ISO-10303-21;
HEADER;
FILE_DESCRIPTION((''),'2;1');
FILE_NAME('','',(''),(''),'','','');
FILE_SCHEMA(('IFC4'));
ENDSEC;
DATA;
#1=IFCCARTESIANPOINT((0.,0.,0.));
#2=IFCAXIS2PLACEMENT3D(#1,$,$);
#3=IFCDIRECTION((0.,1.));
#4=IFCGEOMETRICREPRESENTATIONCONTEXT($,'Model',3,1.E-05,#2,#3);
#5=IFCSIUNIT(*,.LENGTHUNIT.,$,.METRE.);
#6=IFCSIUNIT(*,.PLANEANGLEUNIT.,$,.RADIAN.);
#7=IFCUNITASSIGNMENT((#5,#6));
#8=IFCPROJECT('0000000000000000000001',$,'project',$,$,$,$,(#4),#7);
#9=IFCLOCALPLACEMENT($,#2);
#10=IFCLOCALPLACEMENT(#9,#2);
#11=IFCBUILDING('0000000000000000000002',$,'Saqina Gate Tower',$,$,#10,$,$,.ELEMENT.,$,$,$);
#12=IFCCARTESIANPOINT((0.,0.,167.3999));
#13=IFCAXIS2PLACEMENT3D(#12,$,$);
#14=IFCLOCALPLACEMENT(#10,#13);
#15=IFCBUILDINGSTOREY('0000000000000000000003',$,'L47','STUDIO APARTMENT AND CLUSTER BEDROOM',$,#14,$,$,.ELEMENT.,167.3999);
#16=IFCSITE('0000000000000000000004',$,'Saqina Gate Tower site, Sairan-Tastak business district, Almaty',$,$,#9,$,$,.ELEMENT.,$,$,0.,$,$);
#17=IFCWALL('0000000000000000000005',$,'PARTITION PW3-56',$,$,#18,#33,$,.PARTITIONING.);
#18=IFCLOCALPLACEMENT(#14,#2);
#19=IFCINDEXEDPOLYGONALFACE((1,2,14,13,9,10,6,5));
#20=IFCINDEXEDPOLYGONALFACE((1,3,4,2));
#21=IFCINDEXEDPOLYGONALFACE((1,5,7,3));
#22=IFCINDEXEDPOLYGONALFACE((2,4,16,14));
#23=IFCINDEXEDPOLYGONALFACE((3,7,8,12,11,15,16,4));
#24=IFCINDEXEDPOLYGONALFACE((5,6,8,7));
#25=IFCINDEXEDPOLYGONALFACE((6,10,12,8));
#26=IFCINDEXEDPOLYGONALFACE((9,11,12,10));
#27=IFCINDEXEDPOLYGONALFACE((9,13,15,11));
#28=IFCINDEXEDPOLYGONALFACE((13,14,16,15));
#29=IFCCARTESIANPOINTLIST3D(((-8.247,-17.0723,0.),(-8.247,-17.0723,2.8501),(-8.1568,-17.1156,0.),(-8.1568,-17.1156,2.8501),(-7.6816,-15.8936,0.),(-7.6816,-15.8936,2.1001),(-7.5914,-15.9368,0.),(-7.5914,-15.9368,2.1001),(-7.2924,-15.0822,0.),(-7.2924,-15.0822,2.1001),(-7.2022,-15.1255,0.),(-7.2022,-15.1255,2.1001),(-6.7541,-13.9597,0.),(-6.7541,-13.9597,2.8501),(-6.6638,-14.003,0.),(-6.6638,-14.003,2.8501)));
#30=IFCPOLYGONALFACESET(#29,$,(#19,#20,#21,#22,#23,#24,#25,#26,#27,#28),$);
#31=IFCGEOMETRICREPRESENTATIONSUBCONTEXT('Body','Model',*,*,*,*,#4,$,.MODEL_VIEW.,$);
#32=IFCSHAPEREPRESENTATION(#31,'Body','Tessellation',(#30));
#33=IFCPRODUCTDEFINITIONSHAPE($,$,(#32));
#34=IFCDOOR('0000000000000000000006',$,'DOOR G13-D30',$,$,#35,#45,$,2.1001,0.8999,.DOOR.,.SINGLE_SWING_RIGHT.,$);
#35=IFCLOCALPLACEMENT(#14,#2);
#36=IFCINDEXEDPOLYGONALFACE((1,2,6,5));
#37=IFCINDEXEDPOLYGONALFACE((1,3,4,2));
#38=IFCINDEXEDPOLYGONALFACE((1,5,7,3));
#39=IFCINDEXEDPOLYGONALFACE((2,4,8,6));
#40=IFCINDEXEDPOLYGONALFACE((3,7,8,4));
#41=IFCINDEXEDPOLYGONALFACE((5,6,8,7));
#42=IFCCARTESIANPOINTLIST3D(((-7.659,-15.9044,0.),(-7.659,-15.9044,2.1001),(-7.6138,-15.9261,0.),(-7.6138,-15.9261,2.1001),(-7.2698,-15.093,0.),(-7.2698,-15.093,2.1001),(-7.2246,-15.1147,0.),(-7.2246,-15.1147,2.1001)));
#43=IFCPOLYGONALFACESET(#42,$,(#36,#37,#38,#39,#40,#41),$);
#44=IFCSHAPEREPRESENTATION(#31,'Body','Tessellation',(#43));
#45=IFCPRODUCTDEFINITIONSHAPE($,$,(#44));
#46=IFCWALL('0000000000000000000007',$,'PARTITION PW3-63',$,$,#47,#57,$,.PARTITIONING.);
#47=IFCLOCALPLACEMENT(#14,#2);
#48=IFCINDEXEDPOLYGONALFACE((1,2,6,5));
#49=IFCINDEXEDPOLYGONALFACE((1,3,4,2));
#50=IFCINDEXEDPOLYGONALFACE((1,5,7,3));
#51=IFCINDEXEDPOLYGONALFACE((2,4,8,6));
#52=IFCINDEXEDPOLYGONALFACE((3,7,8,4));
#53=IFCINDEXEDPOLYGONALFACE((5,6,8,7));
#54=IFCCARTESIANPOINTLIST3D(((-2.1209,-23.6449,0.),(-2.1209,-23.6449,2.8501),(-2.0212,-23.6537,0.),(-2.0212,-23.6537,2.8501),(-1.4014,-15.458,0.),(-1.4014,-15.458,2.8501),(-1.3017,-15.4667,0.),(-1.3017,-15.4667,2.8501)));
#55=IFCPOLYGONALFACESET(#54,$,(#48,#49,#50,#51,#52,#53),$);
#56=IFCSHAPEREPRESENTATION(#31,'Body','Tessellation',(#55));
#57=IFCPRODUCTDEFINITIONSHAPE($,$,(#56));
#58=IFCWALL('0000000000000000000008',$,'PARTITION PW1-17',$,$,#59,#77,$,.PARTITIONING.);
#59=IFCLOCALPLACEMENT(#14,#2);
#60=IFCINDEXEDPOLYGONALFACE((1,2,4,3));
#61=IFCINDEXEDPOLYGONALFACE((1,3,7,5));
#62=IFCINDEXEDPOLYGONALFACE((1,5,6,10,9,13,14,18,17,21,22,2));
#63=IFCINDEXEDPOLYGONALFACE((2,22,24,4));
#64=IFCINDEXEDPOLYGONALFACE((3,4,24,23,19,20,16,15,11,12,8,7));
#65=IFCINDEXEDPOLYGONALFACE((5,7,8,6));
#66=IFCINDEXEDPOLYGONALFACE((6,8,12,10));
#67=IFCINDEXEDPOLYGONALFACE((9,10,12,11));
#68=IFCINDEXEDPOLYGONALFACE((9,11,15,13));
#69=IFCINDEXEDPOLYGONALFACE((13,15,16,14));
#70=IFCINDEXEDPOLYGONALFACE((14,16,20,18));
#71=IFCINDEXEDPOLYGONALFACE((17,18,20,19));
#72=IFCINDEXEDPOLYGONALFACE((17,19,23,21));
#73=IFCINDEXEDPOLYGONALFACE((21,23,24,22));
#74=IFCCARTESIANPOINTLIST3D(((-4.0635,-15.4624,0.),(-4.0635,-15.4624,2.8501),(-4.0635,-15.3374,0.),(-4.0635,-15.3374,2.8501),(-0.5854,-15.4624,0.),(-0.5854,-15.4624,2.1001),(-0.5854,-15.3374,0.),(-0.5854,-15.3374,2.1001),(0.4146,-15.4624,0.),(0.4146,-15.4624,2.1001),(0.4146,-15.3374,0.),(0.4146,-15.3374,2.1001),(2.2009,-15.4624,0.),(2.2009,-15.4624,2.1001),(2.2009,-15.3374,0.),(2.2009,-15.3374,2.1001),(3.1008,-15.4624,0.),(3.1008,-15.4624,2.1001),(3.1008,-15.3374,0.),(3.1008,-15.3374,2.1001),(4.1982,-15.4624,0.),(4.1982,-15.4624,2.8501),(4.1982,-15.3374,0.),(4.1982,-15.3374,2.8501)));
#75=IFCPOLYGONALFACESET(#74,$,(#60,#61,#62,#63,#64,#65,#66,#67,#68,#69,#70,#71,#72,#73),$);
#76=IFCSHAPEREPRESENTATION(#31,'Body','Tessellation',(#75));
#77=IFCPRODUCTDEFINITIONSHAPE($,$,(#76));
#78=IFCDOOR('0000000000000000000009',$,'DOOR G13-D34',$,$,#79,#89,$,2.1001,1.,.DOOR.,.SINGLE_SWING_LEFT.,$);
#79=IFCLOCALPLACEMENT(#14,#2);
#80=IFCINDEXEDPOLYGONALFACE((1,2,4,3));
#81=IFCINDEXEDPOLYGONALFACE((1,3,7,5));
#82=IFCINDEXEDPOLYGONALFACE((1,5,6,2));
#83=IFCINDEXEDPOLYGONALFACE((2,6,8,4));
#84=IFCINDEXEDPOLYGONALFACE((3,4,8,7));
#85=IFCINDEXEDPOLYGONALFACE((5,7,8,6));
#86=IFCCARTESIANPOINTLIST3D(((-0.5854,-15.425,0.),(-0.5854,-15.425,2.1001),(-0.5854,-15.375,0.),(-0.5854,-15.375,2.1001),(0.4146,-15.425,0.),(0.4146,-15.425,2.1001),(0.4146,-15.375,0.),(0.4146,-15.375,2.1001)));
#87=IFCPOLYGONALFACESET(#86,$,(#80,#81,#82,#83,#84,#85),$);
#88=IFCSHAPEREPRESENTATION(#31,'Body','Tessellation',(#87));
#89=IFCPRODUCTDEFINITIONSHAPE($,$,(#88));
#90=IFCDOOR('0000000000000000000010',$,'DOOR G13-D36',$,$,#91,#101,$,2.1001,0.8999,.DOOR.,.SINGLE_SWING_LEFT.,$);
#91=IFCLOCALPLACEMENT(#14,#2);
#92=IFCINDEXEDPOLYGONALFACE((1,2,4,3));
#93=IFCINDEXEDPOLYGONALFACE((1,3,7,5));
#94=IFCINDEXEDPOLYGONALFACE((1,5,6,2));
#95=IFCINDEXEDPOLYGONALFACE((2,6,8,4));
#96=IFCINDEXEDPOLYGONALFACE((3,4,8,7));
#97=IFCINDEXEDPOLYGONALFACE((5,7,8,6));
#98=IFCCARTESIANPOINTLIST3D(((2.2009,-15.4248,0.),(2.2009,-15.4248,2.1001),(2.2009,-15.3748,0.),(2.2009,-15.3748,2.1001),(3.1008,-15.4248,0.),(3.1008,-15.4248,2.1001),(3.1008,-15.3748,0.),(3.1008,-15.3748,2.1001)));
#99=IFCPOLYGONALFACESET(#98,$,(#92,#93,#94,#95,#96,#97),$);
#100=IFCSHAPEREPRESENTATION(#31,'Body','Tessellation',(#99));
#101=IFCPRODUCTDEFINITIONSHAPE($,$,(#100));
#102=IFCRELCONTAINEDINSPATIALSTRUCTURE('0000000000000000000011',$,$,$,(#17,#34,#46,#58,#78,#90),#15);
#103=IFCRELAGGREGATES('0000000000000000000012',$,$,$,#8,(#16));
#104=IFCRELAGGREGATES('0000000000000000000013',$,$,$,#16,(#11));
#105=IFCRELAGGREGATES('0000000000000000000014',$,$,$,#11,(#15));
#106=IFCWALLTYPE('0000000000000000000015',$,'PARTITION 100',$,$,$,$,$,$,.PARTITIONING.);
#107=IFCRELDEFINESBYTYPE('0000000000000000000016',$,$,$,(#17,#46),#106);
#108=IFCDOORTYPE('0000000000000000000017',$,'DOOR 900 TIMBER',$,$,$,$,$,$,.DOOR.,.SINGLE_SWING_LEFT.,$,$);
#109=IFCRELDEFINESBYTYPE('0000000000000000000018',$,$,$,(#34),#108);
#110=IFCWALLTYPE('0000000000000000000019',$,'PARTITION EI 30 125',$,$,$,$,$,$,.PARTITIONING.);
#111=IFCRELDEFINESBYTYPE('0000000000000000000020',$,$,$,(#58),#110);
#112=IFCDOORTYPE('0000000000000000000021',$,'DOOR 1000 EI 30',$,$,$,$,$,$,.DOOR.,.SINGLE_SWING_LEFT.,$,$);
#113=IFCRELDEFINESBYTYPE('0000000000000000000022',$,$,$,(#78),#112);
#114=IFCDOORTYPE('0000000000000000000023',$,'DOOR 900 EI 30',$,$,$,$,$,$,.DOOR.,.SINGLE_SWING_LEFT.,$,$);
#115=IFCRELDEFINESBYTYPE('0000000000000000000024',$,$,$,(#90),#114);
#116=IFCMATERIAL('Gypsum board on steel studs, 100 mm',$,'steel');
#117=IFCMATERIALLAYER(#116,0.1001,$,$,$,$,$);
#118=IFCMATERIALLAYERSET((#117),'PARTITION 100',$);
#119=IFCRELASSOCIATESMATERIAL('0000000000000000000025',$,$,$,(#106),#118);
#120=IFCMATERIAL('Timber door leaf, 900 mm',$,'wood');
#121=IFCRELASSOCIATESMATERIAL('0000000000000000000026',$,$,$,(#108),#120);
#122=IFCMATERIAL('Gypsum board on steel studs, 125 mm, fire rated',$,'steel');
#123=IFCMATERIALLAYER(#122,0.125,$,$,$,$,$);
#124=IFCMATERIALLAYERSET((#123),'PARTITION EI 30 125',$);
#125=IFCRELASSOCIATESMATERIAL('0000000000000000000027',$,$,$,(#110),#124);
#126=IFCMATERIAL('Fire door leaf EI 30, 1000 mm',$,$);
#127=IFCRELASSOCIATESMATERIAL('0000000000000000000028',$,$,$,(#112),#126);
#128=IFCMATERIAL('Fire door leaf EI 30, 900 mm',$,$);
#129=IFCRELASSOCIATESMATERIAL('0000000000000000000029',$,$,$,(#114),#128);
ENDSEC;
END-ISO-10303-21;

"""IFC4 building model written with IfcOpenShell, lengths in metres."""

from ifc_helpers import new_model, si_unit, direction, frame, frame_2d, origin, place, context, subcontext, project, spatial, rectangle, extrude, material, layer, layer_set, type_object, element, fill, save


model = new_model("IFC4")

# Units and contexts
model_context = context("Model", 3, precision=1e-05, world=origin(), true_north=direction((0.0, 1.0)))
body_context = subcontext(model_context, "Body", "Model", "MODEL_VIEW")
ifc_project = project(units=[si_unit("LENGTHUNIT", "METRE"), si_unit("PLANEANGLEUNIT", "RADIAN")], contexts=[model_context])

# Site, building, storey
site_placement = place(None, origin())
site = spatial("IfcSite", under=ifc_project, at=site_placement, Name="Saqina Gate Tower site, Sairan-Tastak business district, Almaty", CompositionType="ELEMENT", RefElevation=0.0)
building_placement = place(site_placement, origin())
building = spatial("IfcBuilding", under=site, at=building_placement, Name="Saqina Gate Tower", CompositionType="ELEMENT")
storey_placement = place(building_placement, frame((0.0, 0.0, 167.3999)))
storey = spatial("IfcBuildingStorey", under=building, at=storey_placement, Name="L47", Description="STUDIO APARTMENT AND CLUSTER BEDROOM", CompositionType="ELEMENT", Elevation=167.3999)

# Shared definitions
ifc_material_1 = material(Name="Gypsum board on steel studs, 100 mm", Category="steel")
ifc_layer_1 = layer(ifc_material_1, 0.1001)
ifc_layer_set_1 = layer_set([ifc_layer_1], Name="PARTITION 100")
wall_type_1 = type_object("IfcWallType", Name="PARTITION 100", PredefinedType="PARTITIONING", material=ifc_layer_set_1)

# Wall, opening, door
wall_1_placement = place(storey_placement, frame((-8.2019, -17.094, 0.0), z_axis=(0.0, 0.0, 1.0), x_axis=(0.432471, 0.901648, 0.0)))
wall_1 = element("IfcWall", 1, at=wall_1_placement, inside=storey, type_object=wall_type_1, Name="PARTITION PW3-56", PredefinedType="PARTITIONING", context=body_context, shape_type="SweptSolid", body=[
    extrude(rectangle(XDim=3.4521, YDim=0.1001, at=frame_2d((1.7261, 0.0))), origin(), (0.0, 0.0, 1.0), 2.8501),
])
opening_1_placement = place(wall_1_placement, frame((1.3074, 0.0, 0.0)))
opening_1 = element("IfcOpeningElement", 2, at=opening_1_placement, cuts=wall_1, PredefinedType="OPENING", context=body_context, shape_type="SweptSolid", body=[
    extrude(rectangle(XDim=0.8999, YDim=2.1001, at=frame_2d((0.45, 1.05))), frame((0.0, 0.062, 0.0), z_axis=(0.0, -1.0, 0.0), x_axis=(1.0, 0.0, 0.0)), (0.0, 0.0, 1.0), 0.124),
])
ifc_material_2 = material(Name="Timber door leaf, 900 mm", Category="wood")
door_type_1 = type_object("IfcDoorType", Name="DOOR 900 TIMBER", OperationType="SINGLE_SWING_LEFT", PredefinedType="DOOR", material=ifc_material_2)
door_1_placement = place(opening_1_placement, origin())
door_1 = element("IfcDoor", 3, at=door_1_placement, inside=storey, type_object=door_type_1, Name="DOOR G13-D30", OperationType="SINGLE_SWING_RIGHT", OverallHeight=2.1001, OverallWidth=0.8999, PredefinedType="DOOR", context=body_context, shape_type="SweptSolid", body=[
    extrude(rectangle(XDim=0.8999, YDim=2.1001, at=frame_2d((0.45, 1.05))), frame((0.0, 0.0249, 0.0), z_axis=(0.0, -1.0, 0.0), x_axis=(1.0, 0.0, 0.0)), (0.0, 0.0, 1.0), 0.05),
])
fill(opening_1, door_1)

# Wall
wall_2_placement = place(storey_placement, frame((-2.071, -23.6494, 0.0), z_axis=(0.0, 0.0, 1.0), x_axis=(0.087544, 0.996161, 0.0)))
element("IfcWall", 4, at=wall_2_placement, inside=storey, type_object=wall_type_1, Name="PARTITION PW3-63", PredefinedType="PARTITIONING", context=body_context, shape_type="SweptSolid", body=[
    extrude(rectangle(XDim=8.2185, YDim=0.1001, at=frame_2d((4.1094, 0.0))), origin(), (0.0, 0.0, 1.0), 2.8501),
])

# Wall, openings, doors
ifc_material_3 = material(Name="Gypsum board on steel studs, 125 mm, fire rated", Category="steel")
ifc_layer_2 = layer(ifc_material_3, 0.125)
ifc_layer_set_2 = layer_set([ifc_layer_2], Name="PARTITION EI 30 125")
wall_type_2 = type_object("IfcWallType", Name="PARTITION EI 30 125", PredefinedType="PARTITIONING", material=ifc_layer_set_2)
wall_3_placement = place(storey_placement, frame((-4.0635, -15.3999, 0.0), z_axis=(0.0, 0.0, 1.0), x_axis=(1.0, 0.0, 0.0)))
wall_3 = element("IfcWall", 5, at=wall_3_placement, inside=storey, type_object=wall_type_2, Name="PARTITION PW1-17", PredefinedType="PARTITIONING", context=body_context, shape_type="SweptSolid", body=[
    extrude(rectangle(XDim=8.2617, YDim=0.125, at=frame_2d((4.1309, 0.0))), origin(), (0.0, 0.0, 1.0), 2.8501),
])
opening_2_placement = place(wall_3_placement, frame((3.478, 0.0, 0.0)))
opening_2 = element("IfcOpeningElement", 6, at=opening_2_placement, cuts=wall_3, PredefinedType="OPENING", context=body_context, shape_type="SweptSolid", body=[
    extrude(rectangle(XDim=1.0, YDim=2.1001, at=frame_2d((0.5, 1.05))), frame((0.0, 0.0745, 0.0), z_axis=(0.0, -1.0, 0.0), x_axis=(1.0, 0.0, 0.0)), (0.0, 0.0, 1.0), 0.1489),
])
opening_3_placement = place(wall_3_placement, frame((6.2644, 0.0, 0.0)))
opening_3 = element("IfcOpeningElement", 7, at=opening_3_placement, cuts=wall_3, PredefinedType="OPENING", context=body_context, shape_type="SweptSolid", body=[
    extrude(rectangle(XDim=0.8999, YDim=2.1001, at=frame_2d((0.45, 1.05))), frame((0.0, 0.0745, 0.0), z_axis=(0.0, -1.0, 0.0), x_axis=(1.0, 0.0, 0.0)), (0.0, 0.0, 1.0), 0.1489),
])
ifc_material_4 = material(Name="Fire door leaf EI 30, 1000 mm")
door_type_2 = type_object("IfcDoorType", Name="DOOR 1000 EI 30", OperationType="SINGLE_SWING_LEFT", PredefinedType="DOOR", material=ifc_material_4)
door_2_placement = place(opening_2_placement, origin())
door_2 = element("IfcDoor", 8, at=door_2_placement, inside=storey, type_object=door_type_2, Name="DOOR G13-D34", OperationType="SINGLE_SWING_LEFT", OverallHeight=2.1001, OverallWidth=1.0, PredefinedType="DOOR", context=body_context, shape_type="SweptSolid", body=[
    extrude(rectangle(XDim=1.0, YDim=2.1001, at=frame_2d((0.5, 1.05))), frame((0.0, 0.0249, 0.0), z_axis=(0.0, -1.0, 0.0), x_axis=(1.0, 0.0, 0.0)), (0.0, 0.0, 1.0), 0.05),
])
fill(opening_2, door_2)
ifc_material_5 = material(Name="Fire door leaf EI 30, 900 mm")
door_type_3 = type_object("IfcDoorType", Name="DOOR 900 EI 30", OperationType="SINGLE_SWING_LEFT", PredefinedType="DOOR", material=ifc_material_5)
door_3_placement = place(opening_3_placement, frame((0.8999, 0.0, 0.0), z_axis=(0.0, 0.0, 1.0), x_axis=(-1.0, 0.0, 0.0)))
door_3 = element("IfcDoor", 9, at=door_3_placement, inside=storey, type_object=door_type_3, Name="DOOR G13-D36", OperationType="SINGLE_SWING_LEFT", OverallHeight=2.1001, OverallWidth=0.8999, PredefinedType="DOOR", context=body_context, shape_type="SweptSolid", body=[
    extrude(rectangle(XDim=0.8999, YDim=2.1001, at=frame_2d((0.45, 1.05))), frame((0.0, 0.0249, 0.0), z_axis=(0.0, -1.0, 0.0), x_axis=(1.0, 0.0, 0.0)), (0.0, 0.0, 1.0), 0.05),
])
fill(opening_3, door_3)

save(model, "model.ifc")
